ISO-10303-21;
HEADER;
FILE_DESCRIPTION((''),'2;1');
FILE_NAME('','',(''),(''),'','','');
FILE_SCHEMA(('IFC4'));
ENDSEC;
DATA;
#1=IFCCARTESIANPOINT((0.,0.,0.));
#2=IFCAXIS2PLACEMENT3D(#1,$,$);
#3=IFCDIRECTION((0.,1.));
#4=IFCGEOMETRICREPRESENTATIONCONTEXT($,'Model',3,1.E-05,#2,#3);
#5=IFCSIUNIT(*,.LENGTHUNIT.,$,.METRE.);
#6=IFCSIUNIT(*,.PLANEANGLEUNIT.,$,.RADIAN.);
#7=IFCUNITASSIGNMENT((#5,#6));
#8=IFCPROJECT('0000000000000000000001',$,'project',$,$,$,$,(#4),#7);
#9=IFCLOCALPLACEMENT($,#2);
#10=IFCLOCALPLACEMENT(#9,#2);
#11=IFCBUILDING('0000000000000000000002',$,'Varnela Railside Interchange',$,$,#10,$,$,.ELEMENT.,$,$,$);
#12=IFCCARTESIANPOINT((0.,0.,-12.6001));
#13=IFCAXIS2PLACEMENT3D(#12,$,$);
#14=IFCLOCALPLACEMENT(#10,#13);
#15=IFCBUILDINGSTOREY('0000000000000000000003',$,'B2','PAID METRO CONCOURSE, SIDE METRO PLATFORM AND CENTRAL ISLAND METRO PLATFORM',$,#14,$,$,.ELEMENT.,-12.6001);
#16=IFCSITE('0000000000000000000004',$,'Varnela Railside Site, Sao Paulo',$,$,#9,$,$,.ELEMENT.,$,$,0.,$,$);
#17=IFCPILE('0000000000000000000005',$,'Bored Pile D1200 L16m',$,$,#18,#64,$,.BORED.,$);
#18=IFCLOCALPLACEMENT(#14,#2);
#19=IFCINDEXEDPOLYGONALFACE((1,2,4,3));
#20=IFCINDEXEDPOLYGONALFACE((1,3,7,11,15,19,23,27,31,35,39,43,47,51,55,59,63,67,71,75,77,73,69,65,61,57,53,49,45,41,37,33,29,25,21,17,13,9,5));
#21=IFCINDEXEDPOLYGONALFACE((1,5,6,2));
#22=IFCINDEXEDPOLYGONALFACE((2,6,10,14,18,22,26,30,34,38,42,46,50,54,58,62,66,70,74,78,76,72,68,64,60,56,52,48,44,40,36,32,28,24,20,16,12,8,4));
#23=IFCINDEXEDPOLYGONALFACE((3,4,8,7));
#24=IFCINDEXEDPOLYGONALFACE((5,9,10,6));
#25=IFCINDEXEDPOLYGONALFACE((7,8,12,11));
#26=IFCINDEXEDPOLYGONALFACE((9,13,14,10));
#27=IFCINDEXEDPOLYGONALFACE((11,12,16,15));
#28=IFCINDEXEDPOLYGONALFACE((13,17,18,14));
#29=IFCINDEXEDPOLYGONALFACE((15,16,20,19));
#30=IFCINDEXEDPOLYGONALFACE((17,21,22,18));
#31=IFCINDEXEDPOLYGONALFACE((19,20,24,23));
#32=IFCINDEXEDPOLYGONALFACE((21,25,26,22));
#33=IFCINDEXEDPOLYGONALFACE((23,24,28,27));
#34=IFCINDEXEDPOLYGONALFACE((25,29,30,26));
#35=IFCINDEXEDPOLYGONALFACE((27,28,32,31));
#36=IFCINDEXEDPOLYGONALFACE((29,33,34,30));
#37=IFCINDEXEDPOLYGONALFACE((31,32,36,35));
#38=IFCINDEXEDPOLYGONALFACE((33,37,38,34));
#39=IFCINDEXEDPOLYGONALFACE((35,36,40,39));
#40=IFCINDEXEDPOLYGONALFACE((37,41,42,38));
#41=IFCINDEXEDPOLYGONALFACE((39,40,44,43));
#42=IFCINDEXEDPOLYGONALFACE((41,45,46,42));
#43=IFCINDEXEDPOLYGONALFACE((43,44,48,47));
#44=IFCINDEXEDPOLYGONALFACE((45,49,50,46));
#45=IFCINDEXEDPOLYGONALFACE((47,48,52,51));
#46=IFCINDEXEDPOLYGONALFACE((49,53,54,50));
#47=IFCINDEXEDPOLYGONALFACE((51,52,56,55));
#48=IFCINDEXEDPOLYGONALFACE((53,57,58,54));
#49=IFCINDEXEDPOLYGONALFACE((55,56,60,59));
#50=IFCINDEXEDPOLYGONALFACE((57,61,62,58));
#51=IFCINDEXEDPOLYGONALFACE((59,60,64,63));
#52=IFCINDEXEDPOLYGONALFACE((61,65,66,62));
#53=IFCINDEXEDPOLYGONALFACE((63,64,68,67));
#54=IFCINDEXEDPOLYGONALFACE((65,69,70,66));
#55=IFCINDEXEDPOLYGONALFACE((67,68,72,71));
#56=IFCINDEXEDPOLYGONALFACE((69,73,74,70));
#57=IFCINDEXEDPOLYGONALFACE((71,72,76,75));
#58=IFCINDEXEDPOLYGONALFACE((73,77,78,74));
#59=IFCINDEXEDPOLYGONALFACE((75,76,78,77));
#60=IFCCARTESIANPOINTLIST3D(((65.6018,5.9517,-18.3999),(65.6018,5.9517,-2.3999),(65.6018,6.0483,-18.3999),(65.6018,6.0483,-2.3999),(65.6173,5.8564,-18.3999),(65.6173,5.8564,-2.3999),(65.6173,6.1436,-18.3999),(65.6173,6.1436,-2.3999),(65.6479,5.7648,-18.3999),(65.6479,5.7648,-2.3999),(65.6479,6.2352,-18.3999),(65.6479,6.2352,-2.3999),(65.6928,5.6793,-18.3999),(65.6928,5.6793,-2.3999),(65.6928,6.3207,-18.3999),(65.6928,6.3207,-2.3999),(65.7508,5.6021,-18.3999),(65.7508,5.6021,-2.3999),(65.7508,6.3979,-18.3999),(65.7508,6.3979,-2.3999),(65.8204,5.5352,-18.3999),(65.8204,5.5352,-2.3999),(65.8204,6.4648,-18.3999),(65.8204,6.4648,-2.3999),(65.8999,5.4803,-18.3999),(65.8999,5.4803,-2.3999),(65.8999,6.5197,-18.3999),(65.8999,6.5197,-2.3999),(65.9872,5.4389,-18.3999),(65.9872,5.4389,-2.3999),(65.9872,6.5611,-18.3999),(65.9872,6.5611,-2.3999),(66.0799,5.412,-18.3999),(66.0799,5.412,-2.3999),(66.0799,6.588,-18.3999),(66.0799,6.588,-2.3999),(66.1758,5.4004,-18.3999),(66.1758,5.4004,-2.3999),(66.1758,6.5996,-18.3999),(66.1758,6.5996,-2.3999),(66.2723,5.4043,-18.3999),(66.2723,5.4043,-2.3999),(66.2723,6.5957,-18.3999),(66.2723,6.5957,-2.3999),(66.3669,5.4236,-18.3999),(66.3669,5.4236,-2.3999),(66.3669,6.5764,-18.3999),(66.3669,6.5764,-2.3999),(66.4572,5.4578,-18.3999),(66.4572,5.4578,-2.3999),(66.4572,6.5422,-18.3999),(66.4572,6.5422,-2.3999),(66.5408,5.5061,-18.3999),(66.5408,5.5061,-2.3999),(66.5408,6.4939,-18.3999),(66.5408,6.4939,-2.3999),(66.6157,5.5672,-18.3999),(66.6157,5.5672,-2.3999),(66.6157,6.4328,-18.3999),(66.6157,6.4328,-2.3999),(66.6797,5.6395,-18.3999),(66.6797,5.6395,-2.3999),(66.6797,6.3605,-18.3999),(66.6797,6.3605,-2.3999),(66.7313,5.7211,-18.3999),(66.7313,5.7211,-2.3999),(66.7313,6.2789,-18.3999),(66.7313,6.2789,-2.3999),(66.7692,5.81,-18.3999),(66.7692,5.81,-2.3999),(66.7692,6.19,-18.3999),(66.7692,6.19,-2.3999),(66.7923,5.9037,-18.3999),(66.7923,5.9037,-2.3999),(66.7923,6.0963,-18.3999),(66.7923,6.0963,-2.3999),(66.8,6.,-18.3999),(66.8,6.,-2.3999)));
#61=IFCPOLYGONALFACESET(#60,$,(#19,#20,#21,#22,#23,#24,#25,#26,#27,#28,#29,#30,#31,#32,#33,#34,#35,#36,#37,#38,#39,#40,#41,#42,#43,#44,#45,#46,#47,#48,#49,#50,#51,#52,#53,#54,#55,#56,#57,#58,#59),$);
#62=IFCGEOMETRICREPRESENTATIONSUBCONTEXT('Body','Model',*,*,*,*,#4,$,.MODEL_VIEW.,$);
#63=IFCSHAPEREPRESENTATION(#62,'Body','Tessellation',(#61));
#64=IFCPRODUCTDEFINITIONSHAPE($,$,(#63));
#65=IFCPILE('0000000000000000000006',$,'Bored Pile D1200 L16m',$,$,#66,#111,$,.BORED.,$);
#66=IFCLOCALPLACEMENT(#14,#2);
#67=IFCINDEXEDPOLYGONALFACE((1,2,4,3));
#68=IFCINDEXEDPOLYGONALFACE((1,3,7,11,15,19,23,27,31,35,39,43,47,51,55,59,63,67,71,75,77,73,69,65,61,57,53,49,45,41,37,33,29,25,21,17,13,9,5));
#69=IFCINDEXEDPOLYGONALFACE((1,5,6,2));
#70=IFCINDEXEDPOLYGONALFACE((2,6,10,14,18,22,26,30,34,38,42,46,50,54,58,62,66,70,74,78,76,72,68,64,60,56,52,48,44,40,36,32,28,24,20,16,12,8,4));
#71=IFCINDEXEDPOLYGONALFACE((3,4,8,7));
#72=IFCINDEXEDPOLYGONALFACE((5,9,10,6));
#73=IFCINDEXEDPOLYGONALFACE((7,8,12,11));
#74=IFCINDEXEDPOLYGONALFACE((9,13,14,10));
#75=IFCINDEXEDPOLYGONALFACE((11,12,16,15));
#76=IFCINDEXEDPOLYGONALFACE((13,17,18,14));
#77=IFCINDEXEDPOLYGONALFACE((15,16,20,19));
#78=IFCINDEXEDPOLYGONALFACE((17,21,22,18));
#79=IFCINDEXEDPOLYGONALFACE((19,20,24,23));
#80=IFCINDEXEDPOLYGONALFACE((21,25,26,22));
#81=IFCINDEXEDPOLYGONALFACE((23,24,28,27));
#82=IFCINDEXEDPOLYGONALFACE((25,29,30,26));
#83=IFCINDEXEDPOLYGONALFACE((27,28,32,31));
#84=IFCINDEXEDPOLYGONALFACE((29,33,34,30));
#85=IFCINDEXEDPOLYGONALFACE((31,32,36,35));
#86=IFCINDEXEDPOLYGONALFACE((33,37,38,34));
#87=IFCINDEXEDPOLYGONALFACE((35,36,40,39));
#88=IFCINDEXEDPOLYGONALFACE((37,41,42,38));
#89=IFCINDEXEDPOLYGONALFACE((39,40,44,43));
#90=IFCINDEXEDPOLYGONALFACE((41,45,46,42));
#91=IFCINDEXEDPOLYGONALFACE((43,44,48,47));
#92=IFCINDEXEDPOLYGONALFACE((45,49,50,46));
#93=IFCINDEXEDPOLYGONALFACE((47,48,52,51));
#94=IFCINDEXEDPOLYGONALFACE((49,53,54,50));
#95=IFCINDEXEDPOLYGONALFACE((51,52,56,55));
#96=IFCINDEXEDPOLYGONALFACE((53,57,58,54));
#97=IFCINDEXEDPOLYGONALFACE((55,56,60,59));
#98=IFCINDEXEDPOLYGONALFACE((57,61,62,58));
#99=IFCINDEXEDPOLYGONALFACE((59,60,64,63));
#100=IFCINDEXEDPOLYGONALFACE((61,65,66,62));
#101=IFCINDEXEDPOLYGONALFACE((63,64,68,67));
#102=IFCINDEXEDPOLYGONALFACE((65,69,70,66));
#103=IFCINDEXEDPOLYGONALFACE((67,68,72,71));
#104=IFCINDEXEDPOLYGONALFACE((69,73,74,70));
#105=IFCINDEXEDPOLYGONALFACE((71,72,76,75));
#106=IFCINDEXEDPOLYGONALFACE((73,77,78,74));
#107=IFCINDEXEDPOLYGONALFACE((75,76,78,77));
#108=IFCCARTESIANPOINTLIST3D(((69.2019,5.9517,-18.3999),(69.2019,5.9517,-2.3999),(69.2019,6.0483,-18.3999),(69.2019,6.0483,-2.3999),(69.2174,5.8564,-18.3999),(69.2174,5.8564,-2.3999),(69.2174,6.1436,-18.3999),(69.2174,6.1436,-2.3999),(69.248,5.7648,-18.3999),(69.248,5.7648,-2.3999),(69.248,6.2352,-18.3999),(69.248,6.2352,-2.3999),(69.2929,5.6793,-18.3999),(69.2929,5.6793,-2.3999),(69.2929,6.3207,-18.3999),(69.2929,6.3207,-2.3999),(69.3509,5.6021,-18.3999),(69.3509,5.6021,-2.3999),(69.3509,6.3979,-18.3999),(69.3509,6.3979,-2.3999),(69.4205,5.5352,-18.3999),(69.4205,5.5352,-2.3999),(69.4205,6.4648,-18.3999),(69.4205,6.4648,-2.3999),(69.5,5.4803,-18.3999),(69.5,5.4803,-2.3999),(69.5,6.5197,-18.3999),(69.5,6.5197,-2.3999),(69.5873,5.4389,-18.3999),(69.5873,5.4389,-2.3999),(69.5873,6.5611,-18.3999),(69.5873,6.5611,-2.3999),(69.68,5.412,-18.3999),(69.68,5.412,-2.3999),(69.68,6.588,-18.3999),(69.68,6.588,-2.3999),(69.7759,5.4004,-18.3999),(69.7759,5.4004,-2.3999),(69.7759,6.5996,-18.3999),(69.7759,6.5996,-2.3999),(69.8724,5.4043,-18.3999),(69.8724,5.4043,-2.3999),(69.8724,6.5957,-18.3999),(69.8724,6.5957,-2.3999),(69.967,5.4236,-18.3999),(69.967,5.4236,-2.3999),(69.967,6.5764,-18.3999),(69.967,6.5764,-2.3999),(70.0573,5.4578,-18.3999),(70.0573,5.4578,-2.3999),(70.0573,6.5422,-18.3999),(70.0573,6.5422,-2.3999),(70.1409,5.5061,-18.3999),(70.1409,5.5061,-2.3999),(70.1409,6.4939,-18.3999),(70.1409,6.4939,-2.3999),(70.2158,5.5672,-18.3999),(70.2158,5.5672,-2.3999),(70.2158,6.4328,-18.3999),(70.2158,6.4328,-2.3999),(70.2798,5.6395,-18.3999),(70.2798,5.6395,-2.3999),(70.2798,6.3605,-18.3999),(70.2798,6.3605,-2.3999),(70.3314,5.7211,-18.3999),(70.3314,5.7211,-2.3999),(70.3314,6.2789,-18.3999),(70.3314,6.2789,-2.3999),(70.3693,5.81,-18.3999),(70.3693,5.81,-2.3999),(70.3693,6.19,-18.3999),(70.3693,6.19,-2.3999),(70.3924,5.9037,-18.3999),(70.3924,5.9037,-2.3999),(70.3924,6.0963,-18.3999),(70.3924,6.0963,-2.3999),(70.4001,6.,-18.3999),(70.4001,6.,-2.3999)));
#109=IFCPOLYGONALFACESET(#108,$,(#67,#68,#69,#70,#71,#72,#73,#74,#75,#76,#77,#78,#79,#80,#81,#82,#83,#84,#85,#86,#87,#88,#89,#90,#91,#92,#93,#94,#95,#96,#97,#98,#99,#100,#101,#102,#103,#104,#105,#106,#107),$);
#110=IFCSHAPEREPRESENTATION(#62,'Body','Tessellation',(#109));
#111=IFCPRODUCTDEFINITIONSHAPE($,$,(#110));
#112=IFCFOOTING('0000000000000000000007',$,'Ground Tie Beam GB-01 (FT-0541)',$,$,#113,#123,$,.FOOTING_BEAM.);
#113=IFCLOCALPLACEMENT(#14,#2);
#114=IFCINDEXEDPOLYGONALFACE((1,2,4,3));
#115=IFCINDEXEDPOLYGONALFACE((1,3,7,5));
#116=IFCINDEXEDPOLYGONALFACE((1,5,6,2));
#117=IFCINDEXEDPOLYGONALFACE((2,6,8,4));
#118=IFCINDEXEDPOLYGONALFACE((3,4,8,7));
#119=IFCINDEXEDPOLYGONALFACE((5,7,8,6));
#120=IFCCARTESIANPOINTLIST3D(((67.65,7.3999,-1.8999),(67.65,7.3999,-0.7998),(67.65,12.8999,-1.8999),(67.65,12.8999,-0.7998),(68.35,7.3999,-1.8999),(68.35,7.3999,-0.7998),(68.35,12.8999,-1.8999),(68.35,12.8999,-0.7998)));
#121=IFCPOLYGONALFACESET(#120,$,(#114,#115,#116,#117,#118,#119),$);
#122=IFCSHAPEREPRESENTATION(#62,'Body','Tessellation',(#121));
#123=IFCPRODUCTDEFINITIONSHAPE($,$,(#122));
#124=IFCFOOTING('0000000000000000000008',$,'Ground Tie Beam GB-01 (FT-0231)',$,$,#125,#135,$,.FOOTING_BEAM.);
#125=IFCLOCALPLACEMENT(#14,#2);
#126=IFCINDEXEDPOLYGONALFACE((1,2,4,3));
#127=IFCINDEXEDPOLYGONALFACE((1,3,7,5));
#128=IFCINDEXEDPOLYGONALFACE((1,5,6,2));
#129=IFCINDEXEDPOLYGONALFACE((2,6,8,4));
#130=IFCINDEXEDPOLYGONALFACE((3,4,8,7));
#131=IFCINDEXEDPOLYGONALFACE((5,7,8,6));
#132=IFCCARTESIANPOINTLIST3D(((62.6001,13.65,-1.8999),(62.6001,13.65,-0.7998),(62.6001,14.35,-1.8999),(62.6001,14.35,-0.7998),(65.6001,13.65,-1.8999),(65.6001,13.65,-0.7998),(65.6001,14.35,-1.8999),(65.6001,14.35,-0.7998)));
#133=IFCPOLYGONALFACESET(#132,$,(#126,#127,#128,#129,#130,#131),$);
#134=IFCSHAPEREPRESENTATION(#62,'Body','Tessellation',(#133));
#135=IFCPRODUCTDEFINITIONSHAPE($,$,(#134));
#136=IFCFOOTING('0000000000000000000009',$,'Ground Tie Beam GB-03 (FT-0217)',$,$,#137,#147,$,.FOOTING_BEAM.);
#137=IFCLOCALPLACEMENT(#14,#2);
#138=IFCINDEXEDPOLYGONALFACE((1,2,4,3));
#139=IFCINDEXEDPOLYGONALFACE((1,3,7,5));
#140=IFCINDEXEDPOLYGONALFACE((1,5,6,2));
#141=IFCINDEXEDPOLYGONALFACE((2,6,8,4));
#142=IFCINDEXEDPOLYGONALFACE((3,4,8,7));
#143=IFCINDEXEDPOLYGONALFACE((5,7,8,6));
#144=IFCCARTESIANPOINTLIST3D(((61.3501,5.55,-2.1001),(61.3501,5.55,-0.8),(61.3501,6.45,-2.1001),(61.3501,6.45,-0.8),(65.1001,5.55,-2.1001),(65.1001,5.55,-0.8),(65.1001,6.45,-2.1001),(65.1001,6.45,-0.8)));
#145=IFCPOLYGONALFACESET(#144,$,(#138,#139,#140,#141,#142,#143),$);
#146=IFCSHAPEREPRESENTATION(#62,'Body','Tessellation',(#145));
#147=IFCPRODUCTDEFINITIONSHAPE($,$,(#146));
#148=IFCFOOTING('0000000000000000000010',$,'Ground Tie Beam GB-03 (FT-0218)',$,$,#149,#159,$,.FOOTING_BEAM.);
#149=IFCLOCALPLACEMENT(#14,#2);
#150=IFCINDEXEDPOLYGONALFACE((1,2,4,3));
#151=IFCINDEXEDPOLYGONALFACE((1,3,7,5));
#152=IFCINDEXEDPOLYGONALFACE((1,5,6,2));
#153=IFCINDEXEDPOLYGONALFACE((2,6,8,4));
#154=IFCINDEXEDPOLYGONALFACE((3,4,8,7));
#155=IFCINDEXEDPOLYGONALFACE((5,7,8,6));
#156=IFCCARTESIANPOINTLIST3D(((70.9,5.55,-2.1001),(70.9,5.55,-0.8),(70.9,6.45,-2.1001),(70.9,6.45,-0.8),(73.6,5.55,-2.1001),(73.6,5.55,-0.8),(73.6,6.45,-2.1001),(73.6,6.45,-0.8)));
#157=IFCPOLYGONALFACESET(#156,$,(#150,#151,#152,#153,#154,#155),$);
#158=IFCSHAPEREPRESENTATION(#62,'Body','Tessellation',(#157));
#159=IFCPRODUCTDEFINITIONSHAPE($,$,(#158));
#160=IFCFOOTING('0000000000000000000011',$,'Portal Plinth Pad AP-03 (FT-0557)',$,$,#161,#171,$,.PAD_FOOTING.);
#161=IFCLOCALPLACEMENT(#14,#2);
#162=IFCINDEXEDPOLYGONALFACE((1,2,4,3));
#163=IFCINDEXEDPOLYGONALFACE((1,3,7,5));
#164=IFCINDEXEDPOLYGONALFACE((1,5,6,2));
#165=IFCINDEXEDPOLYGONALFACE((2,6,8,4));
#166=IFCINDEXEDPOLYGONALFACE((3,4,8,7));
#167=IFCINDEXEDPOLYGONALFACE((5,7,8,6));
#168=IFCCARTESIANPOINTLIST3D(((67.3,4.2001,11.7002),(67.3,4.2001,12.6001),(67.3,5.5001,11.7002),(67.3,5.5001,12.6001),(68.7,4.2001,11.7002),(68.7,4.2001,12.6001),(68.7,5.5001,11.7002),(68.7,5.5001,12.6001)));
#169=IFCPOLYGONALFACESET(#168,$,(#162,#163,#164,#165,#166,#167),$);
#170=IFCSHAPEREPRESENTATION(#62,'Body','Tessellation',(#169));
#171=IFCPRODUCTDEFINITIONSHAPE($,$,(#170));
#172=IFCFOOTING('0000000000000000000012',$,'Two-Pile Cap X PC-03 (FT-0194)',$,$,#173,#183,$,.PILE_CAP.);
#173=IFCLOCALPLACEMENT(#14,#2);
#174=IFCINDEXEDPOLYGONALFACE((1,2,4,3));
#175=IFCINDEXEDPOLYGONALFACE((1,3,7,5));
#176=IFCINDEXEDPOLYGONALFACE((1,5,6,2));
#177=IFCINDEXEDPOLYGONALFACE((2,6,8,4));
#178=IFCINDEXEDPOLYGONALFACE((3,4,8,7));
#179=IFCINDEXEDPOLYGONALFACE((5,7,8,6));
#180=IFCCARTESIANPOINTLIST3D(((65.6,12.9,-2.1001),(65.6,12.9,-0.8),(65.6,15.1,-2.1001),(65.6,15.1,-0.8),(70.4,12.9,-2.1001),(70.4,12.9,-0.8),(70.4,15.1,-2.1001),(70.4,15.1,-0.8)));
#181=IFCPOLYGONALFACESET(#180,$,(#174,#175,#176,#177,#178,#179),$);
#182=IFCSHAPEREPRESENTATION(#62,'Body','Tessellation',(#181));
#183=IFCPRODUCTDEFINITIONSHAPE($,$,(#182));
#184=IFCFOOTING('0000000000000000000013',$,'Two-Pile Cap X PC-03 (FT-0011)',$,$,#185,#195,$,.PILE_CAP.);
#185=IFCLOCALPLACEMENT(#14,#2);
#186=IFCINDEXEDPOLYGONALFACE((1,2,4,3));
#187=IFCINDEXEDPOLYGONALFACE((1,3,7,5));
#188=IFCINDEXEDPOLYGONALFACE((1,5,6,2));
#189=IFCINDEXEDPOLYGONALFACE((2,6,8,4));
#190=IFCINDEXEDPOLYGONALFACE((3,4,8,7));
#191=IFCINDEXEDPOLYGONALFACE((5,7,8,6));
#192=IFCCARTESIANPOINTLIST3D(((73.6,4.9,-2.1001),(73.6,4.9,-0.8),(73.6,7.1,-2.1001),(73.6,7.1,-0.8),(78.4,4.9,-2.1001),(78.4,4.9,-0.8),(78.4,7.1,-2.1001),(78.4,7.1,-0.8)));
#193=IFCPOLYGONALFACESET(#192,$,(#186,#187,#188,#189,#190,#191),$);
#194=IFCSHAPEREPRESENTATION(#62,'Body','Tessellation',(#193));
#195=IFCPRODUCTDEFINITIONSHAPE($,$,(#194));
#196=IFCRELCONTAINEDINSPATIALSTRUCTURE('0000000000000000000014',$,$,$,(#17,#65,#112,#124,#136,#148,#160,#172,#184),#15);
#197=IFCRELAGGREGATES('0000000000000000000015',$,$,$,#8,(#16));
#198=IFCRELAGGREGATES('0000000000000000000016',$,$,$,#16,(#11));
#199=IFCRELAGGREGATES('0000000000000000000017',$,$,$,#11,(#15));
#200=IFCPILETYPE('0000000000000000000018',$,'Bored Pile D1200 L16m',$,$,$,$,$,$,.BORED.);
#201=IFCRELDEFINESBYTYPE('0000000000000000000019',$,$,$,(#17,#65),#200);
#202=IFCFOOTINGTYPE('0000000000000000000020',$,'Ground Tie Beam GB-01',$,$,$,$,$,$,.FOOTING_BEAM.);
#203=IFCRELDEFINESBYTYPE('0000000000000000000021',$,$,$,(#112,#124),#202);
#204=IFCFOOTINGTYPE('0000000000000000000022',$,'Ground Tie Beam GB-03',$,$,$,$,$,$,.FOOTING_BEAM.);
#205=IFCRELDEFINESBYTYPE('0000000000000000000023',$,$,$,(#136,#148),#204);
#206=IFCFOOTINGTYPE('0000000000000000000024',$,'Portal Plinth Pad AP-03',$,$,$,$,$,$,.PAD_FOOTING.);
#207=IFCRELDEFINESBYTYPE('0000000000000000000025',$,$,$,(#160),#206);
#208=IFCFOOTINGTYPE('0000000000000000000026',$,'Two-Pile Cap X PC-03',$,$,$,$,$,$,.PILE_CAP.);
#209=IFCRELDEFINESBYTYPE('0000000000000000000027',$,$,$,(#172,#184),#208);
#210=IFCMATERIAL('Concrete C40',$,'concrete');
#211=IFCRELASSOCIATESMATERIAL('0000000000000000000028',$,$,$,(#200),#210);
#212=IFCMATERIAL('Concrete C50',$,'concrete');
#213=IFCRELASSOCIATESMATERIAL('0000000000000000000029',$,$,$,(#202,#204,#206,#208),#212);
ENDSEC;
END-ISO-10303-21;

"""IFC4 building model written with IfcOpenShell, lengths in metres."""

from ifc_helpers import new_model, si_unit, direction, frame, origin, origin_2d, place, context, subcontext, project, spatial, rectangle, circle, extrude, material, material_profile, profile_set, type_object, element, save


model = new_model("IFC4")

# Units and contexts
model_context = context("Model", 3, precision=1e-05, world=origin(), true_north=direction((0.0, 1.0)))
body_context = subcontext(model_context, "Body", "Model", "MODEL_VIEW")
ifc_project = project(units=[si_unit("LENGTHUNIT", "METRE"), si_unit("PLANEANGLEUNIT", "RADIAN")], contexts=[model_context])

# Site, building, storey
site_placement = place(None, origin())
site = spatial("IfcSite", under=ifc_project, at=site_placement, Name="Varnela Railside Site, Sao Paulo", CompositionType="ELEMENT", RefElevation=0.0)
building_placement = place(site_placement, origin())
building = spatial("IfcBuilding", under=site, at=building_placement, Name="Varnela Railside Interchange", CompositionType="ELEMENT")
storey_placement = place(building_placement, frame((0.0, 0.0, -12.6001)))
storey = spatial("IfcBuildingStorey", under=building, at=storey_placement, Name="B2", Description="PAID METRO CONCOURSE, SIDE METRO PLATFORM AND CENTRAL ISLAND METRO PLATFORM", CompositionType="ELEMENT", Elevation=-12.6001)

# Piles
ifc_material_1 = material(Name="Concrete C40", Category="concrete")
ifc_material_profile_1 = material_profile(ifc_material_1, circle(Radius=0.6001, at=origin_2d()), Name="BORED PILE D1200")
ifc_profile_set_1 = profile_set([ifc_material_profile_1], Name="Concrete C40")
pile_type_1 = type_object("IfcPileType", Name="Bored Pile D1200 L16m", PredefinedType="BORED", material=ifc_profile_set_1)
for number, where, z_axis, x_axis, name in (
    (1, (66.2, 6.0, -2.3999), (0.0, 0.0, -1.0), (1.0, 0.0, 0.0), "Bored Pile D1200 L16m"),
    (2, (69.8, 6.0, -2.3999), (0.0, 0.0, -1.0), (1.0, 0.0, 0.0), "Bored Pile D1200 L16m"),
):
    element("IfcPile", number, at=place(storey_placement, frame(where, z_axis=z_axis, x_axis=x_axis)), inside=storey, type_object=pile_type_1, Name=name, PredefinedType="BORED", context=body_context, shape_type="SweptSolid", body=[
        extrude(circle(Radius=0.6001, at=origin_2d()), origin(), (0.0, 0.0, 1.0), 16.0),
    ])

# Footings
ifc_material_2 = material(Name="Concrete C50", Category="concrete")
footing_type_1 = type_object("IfcFootingType", Name="Ground Tie Beam GB-01", PredefinedType="FOOTING_BEAM", material=ifc_material_2)
footing_1_placement = place(storey_placement, frame((68.0, 10.1499, -1.8999), z_axis=(0.0, 0.0, 1.0), x_axis=(1.0, 0.0, 0.0)))
element("IfcFooting", 3, at=footing_1_placement, inside=storey, type_object=footing_type_1, Name="Ground Tie Beam GB-01 (FT-0541)", PredefinedType="FOOTING_BEAM", context=body_context, shape_type="SweptSolid", body=[
    extrude(rectangle(XDim=0.7, YDim=5.5, at=origin_2d()), origin(), (0.0, 0.0, 1.0), 1.1001),
])
footing_2_placement = place(storey_placement, frame((64.1001, 14.0, -1.8999), z_axis=(0.0, 0.0, 1.0), x_axis=(1.0, 0.0, 0.0)))
element("IfcFooting", 4, at=footing_2_placement, inside=storey, type_object=footing_type_1, Name="Ground Tie Beam GB-01 (FT-0231)", PredefinedType="FOOTING_BEAM", context=body_context, shape_type="SweptSolid", body=[
    extrude(rectangle(XDim=3.0, YDim=0.7, at=origin_2d()), origin(), (0.0, 0.0, 1.0), 1.1001),
])
footing_type_2 = type_object("IfcFootingType", Name="Ground Tie Beam GB-03", PredefinedType="FOOTING_BEAM", material=ifc_material_2)
footing_3_placement = place(storey_placement, frame((63.2251, 6.0, -2.1001), z_axis=(0.0, 0.0, 1.0), x_axis=(1.0, 0.0, 0.0)))
element("IfcFooting", 5, at=footing_3_placement, inside=storey, type_object=footing_type_2, Name="Ground Tie Beam GB-03 (FT-0217)", PredefinedType="FOOTING_BEAM", context=body_context, shape_type="SweptSolid", body=[
    extrude(rectangle(XDim=3.75, YDim=0.8999, at=origin_2d()), origin(), (0.0, 0.0, 1.0), 1.3),
])
footing_4_placement = place(storey_placement, frame((72.25, 6.0, -2.1001), z_axis=(0.0, 0.0, 1.0), x_axis=(1.0, 0.0, 0.0)))
element("IfcFooting", 6, at=footing_4_placement, inside=storey, type_object=footing_type_2, Name="Ground Tie Beam GB-03 (FT-0218)", PredefinedType="FOOTING_BEAM", context=body_context, shape_type="SweptSolid", body=[
    extrude(rectangle(XDim=2.7, YDim=0.8999, at=origin_2d()), origin(), (0.0, 0.0, 1.0), 1.3),
])
footing_type_3 = type_object("IfcFootingType", Name="Portal Plinth Pad AP-03", PredefinedType="PAD_FOOTING", material=ifc_material_2)
footing_5_placement = place(storey_placement, frame((68.0, 4.8501, 11.7002), z_axis=(0.0, 0.0, 1.0), x_axis=(1.0, 0.0, 0.0)))
element("IfcFooting", 7, at=footing_5_placement, inside=storey, type_object=footing_type_3, Name="Portal Plinth Pad AP-03 (FT-0557)", PredefinedType="PAD_FOOTING", context=body_context, shape_type="SweptSolid", body=[
    extrude(rectangle(XDim=1.3999, YDim=1.3, at=origin_2d()), origin(), (0.0, 0.0, 1.0), 0.8999),
])
footing_type_4 = type_object("IfcFootingType", Name="Two-Pile Cap X PC-03", PredefinedType="PILE_CAP", material=ifc_material_2)
for number, where, z_axis, x_axis, name in (
    (8, (68.0, 14.0, -2.1001), (0.0, 0.0, 1.0), (1.0, 0.0, 0.0), "Two-Pile Cap X PC-03 (FT-0194)"),
    (9, (76.0, 6.0, -2.1001), (0.0, 0.0, 1.0), (1.0, 0.0, 0.0), "Two-Pile Cap X PC-03 (FT-0011)"),
):
    element("IfcFooting", number, at=place(storey_placement, frame(where, z_axis=z_axis, x_axis=x_axis)), inside=storey, type_object=footing_type_4, Name=name, PredefinedType="PILE_CAP", context=body_context, shape_type="SweptSolid", body=[
        extrude(rectangle(XDim=4.8, YDim=2.2, at=origin_2d()), origin(), (0.0, 0.0, 1.0), 1.3),
    ])

save(model, "model.ifc")
